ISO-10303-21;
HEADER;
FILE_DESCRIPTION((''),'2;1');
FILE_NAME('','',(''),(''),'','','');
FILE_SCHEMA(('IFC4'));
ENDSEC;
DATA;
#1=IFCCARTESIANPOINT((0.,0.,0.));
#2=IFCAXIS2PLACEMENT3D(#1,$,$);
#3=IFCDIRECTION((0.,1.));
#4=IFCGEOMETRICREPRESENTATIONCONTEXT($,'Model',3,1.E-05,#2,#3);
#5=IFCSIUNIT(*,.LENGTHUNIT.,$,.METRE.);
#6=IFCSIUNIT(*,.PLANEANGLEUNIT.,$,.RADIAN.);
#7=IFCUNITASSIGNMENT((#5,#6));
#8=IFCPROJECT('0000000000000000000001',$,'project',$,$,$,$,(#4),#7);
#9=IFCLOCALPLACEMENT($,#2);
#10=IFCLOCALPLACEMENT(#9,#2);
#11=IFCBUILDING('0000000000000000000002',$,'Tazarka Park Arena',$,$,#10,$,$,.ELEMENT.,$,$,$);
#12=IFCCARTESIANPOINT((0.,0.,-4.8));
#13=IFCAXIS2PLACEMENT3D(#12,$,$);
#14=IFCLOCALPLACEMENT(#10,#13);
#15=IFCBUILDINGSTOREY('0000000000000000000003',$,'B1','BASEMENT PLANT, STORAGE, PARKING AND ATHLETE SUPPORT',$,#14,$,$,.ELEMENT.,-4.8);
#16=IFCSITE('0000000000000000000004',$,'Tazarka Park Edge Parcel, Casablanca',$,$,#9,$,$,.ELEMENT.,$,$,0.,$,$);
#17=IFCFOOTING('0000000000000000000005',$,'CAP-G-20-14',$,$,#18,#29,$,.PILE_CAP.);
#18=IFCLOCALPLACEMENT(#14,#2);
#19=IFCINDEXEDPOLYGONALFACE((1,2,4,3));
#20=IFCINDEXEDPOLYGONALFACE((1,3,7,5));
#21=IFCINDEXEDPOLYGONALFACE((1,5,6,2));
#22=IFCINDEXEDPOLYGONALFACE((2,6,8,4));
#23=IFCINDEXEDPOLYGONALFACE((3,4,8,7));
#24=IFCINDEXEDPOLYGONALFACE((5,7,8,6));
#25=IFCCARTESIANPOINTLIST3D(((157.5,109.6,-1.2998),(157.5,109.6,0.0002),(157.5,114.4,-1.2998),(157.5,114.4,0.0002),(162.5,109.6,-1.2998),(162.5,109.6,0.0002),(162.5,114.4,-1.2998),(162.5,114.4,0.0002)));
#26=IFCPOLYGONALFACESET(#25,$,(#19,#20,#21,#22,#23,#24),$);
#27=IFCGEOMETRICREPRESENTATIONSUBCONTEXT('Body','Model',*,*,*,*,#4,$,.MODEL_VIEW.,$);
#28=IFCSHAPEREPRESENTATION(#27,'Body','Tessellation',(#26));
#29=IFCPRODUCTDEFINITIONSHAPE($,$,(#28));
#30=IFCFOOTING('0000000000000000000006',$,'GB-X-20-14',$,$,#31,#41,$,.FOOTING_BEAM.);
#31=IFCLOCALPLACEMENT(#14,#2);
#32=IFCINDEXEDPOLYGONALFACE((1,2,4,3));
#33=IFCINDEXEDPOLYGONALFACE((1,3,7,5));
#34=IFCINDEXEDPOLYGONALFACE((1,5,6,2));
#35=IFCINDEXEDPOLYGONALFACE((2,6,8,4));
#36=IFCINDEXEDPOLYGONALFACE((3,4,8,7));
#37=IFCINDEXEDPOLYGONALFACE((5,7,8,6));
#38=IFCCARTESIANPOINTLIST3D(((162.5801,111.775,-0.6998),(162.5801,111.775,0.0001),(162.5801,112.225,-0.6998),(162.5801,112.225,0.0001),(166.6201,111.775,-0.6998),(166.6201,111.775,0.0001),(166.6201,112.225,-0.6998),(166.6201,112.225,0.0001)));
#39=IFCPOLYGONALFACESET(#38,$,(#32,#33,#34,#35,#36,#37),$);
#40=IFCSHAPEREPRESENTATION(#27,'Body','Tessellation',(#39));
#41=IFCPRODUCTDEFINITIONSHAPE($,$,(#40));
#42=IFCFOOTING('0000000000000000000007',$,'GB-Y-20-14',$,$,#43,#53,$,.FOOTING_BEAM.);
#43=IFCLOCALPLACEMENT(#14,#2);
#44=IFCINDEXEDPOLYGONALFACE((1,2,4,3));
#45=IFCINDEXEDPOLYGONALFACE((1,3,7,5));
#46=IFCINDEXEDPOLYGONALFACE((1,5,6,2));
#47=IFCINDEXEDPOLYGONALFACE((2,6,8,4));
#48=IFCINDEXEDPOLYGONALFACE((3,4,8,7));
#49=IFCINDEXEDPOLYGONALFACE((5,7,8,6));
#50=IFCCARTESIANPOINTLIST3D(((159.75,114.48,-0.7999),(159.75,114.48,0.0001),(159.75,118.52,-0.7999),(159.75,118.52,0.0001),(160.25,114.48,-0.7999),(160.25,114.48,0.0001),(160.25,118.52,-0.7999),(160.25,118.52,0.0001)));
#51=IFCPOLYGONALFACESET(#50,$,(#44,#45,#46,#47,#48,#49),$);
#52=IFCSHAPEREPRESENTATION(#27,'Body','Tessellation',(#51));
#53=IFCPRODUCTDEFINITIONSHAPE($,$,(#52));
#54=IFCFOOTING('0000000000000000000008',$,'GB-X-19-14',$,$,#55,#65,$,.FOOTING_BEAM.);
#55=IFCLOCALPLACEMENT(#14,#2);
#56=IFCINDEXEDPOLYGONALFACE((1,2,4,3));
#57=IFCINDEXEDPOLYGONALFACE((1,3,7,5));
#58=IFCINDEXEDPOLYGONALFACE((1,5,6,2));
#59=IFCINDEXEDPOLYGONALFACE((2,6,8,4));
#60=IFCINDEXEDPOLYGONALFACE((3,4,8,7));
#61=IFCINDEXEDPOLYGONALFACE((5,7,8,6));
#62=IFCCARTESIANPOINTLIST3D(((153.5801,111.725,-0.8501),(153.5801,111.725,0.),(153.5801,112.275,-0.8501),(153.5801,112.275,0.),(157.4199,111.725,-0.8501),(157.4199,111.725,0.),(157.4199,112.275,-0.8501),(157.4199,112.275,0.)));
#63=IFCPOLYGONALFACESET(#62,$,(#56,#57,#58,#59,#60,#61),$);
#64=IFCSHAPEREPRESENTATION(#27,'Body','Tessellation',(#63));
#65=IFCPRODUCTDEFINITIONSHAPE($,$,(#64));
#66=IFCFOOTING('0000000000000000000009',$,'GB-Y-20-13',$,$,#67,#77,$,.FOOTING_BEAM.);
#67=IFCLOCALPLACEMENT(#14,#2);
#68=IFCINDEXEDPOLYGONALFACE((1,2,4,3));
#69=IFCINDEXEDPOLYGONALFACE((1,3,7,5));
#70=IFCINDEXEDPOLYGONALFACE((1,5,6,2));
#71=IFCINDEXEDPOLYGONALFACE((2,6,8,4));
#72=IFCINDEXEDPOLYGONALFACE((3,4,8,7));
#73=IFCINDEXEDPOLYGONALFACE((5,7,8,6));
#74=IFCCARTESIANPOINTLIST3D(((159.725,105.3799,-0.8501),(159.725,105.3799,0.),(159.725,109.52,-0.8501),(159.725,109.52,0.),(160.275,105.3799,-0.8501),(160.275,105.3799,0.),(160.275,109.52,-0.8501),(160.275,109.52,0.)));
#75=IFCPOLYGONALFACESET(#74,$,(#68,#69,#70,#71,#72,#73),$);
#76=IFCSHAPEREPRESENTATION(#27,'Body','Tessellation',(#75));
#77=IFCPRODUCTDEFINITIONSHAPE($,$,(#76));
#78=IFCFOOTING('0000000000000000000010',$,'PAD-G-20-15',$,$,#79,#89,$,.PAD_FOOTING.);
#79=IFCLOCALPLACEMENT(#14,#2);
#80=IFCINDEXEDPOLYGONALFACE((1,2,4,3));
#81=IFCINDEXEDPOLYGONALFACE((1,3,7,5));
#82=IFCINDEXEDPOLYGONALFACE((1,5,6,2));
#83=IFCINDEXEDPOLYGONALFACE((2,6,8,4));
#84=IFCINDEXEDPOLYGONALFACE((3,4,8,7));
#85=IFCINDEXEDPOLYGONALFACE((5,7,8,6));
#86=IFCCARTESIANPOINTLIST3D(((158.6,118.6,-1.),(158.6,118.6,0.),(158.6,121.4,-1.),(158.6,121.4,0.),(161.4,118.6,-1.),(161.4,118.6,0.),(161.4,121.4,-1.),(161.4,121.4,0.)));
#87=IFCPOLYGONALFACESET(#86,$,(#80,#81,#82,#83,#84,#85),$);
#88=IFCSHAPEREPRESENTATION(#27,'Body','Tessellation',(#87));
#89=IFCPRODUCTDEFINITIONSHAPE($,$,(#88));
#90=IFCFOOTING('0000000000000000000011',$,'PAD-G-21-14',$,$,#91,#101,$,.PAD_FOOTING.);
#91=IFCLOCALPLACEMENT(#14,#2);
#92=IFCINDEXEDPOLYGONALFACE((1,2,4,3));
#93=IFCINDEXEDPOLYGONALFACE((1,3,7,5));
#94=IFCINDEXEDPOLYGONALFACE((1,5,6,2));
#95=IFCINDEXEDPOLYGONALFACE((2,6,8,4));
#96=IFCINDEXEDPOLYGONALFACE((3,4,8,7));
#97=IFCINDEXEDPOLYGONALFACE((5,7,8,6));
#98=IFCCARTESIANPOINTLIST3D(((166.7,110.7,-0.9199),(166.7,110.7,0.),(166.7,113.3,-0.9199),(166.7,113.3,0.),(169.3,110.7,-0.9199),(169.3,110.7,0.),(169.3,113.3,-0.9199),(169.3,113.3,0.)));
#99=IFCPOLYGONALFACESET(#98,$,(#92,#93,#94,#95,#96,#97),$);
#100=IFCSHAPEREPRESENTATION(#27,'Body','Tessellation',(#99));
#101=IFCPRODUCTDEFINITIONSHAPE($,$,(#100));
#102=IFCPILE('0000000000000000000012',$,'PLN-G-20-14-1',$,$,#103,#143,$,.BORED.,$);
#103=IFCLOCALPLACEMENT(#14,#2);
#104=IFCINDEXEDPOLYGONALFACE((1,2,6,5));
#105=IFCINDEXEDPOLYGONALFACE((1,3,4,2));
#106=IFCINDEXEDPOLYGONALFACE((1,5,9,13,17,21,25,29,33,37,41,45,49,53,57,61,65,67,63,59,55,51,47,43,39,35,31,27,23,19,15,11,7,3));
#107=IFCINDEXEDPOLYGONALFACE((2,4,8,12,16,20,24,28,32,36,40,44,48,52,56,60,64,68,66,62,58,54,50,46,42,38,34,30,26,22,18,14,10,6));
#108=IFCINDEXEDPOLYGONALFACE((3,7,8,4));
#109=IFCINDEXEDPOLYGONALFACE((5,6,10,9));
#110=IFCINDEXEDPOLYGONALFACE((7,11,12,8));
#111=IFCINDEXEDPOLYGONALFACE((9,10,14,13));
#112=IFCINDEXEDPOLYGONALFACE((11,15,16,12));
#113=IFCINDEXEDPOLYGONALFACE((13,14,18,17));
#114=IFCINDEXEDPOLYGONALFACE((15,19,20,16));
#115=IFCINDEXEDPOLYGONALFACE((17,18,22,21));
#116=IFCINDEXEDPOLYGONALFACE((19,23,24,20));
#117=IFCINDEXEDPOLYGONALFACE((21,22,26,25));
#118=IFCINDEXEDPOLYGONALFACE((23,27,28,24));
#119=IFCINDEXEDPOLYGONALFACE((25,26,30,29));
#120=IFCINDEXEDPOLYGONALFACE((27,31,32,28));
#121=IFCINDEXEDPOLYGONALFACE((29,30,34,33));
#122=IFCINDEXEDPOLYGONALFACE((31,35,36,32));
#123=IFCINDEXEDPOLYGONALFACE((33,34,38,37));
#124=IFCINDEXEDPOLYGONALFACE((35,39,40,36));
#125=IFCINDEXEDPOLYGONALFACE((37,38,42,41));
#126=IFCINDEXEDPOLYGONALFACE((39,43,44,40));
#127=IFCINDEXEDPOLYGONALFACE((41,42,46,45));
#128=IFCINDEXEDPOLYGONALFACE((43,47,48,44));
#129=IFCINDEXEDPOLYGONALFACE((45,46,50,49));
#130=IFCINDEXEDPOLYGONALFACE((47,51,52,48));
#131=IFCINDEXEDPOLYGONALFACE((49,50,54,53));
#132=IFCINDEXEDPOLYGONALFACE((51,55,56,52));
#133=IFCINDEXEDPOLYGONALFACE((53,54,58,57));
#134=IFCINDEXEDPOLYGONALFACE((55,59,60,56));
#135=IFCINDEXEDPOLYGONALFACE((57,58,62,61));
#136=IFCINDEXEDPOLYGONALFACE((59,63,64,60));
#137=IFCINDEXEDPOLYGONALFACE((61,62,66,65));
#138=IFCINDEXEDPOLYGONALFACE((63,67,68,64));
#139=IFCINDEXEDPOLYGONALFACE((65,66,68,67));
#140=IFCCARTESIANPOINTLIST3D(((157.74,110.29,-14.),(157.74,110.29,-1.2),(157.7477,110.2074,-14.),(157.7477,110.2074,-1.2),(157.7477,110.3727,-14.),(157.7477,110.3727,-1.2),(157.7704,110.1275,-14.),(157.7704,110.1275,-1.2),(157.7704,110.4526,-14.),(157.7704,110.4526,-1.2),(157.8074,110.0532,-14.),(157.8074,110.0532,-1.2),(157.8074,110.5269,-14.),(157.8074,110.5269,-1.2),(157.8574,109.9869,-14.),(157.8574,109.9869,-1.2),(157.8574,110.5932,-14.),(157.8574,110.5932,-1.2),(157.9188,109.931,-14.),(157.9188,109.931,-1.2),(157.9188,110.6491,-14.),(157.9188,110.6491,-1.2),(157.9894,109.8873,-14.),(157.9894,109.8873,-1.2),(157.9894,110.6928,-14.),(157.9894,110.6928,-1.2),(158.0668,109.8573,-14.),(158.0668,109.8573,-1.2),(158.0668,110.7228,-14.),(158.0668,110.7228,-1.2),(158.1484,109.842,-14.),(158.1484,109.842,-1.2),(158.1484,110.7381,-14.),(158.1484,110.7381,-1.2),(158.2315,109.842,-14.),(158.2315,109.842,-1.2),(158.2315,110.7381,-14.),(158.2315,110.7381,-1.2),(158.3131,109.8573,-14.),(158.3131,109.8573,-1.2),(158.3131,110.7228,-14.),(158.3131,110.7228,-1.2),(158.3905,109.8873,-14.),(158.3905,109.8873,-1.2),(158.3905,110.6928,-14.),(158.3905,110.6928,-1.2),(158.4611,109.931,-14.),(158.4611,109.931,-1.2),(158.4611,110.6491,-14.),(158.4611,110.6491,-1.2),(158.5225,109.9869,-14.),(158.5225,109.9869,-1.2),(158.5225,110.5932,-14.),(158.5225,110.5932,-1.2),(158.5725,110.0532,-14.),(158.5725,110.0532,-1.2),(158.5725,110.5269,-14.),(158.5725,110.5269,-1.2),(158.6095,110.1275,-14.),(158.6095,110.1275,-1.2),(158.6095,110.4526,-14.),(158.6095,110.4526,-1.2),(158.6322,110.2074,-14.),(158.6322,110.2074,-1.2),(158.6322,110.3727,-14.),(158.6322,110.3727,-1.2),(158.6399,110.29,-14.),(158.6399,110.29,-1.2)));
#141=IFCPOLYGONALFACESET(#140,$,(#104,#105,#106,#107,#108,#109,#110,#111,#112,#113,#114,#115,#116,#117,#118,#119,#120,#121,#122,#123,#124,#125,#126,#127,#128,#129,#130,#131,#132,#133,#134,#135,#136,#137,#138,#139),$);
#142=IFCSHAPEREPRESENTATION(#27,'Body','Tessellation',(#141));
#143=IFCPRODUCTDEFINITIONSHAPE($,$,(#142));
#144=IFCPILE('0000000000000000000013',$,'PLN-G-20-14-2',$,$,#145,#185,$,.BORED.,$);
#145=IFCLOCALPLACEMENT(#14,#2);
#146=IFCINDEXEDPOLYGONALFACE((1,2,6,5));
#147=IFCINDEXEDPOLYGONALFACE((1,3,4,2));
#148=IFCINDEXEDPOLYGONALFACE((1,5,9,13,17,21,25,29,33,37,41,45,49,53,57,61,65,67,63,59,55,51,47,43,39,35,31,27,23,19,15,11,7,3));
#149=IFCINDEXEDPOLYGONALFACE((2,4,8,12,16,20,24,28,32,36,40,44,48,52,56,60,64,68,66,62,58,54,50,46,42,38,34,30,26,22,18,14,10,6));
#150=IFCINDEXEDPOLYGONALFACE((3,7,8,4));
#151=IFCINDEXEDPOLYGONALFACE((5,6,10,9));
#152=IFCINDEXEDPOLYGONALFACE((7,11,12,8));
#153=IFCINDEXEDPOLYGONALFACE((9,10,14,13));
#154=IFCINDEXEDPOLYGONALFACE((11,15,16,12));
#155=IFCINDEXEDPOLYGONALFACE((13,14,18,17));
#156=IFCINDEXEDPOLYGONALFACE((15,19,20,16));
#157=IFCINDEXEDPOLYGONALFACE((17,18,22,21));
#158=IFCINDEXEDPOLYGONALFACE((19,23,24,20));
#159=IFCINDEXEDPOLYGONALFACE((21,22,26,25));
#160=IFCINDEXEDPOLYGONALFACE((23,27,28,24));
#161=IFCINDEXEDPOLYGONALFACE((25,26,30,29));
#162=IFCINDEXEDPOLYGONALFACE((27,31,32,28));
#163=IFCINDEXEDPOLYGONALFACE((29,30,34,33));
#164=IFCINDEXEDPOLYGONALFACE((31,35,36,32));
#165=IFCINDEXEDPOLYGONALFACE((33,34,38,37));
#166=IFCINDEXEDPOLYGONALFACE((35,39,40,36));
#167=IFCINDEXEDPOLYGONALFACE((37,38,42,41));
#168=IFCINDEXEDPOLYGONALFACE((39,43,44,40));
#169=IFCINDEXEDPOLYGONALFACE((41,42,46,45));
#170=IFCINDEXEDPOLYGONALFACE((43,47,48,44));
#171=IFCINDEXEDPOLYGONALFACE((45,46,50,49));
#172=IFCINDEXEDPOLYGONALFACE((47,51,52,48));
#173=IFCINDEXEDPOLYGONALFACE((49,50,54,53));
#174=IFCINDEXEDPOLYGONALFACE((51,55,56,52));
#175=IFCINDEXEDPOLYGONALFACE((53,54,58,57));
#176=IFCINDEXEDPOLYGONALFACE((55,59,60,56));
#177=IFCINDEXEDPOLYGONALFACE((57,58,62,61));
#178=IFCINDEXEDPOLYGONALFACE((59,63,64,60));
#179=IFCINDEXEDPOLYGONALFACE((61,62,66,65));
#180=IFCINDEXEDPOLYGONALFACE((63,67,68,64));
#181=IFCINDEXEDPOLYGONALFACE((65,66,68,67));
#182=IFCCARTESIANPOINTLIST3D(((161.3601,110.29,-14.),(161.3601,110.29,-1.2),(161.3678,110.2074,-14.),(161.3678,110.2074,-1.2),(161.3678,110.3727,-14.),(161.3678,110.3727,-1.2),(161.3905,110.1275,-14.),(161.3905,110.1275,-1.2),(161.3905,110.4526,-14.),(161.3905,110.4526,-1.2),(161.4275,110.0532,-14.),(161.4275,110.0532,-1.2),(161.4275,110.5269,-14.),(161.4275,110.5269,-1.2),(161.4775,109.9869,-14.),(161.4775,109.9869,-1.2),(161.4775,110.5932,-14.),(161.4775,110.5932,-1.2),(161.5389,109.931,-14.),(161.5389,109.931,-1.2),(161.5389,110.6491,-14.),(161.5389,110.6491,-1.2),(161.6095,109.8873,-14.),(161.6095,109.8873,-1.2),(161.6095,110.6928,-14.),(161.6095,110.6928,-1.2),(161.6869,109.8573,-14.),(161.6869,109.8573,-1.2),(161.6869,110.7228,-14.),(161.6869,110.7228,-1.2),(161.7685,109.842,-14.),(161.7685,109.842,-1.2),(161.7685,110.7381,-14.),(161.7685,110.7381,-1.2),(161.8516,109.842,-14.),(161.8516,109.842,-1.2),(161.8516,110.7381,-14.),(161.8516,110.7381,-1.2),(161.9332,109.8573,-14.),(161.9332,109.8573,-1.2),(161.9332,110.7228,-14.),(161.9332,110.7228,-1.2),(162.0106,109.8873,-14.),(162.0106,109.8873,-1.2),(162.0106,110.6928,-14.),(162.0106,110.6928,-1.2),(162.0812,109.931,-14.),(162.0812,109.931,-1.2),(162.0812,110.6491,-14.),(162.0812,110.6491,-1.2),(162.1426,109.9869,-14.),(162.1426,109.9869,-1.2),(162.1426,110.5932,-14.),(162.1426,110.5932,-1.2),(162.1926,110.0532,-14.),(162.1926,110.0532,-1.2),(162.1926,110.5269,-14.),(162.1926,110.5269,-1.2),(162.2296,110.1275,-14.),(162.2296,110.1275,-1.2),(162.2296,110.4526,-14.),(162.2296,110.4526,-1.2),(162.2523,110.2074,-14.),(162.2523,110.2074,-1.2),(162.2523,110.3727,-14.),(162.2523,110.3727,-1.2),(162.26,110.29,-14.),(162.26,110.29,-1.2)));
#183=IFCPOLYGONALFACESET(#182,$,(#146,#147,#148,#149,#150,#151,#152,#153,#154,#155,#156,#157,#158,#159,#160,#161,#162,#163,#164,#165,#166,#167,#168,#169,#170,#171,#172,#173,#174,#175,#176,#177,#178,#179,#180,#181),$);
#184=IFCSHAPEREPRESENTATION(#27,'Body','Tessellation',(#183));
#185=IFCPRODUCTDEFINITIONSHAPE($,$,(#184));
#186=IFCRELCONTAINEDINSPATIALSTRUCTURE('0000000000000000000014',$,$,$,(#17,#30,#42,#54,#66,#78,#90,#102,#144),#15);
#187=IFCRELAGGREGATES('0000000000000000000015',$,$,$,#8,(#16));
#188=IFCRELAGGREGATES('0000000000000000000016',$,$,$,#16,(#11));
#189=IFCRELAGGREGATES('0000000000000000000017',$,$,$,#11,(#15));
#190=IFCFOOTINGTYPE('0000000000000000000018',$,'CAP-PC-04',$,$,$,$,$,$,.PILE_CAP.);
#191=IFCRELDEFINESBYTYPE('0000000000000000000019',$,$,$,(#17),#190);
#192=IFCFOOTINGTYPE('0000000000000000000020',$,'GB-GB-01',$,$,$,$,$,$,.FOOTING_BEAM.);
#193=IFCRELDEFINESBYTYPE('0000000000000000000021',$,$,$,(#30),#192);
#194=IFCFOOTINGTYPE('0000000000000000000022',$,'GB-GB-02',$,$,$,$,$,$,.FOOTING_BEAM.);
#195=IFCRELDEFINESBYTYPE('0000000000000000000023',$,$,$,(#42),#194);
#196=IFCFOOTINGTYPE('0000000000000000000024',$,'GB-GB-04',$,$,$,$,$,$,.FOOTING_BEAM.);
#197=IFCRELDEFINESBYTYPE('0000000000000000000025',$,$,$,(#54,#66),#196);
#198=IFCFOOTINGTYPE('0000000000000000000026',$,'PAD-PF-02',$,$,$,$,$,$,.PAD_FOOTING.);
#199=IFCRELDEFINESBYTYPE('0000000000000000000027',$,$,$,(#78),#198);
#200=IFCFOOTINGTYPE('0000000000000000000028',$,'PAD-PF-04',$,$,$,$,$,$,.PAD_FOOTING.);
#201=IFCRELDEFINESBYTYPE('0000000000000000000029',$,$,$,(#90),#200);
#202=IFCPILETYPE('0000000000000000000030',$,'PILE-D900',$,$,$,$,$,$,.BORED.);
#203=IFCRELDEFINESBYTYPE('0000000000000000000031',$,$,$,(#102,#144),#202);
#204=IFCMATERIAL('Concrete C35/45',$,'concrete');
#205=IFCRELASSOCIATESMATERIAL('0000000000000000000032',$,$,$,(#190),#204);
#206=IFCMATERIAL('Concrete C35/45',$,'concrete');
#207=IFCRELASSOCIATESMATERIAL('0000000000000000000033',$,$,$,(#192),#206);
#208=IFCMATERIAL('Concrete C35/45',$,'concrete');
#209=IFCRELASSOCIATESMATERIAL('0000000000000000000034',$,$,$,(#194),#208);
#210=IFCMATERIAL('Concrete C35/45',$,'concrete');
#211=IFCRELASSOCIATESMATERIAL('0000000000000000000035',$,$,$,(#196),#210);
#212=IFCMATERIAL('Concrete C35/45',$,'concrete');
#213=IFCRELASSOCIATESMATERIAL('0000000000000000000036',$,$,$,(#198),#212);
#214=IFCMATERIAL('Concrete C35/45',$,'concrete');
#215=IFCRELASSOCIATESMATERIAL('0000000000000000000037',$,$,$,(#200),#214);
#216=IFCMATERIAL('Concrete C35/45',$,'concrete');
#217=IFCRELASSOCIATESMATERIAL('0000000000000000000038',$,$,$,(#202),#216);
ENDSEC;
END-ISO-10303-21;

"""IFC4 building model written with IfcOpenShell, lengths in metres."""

from ifc_helpers import new_model, si_unit, direction, frame, origin, origin_2d, place, context, subcontext, project, spatial, rectangle, circle, extrude, material, material_profile, profile_set, type_object, element, save


model = new_model("IFC4")

# Units and contexts
model_context = context("Model", 3, precision=1e-05, world=origin(), true_north=direction((0.0, 1.0)))
body_context = subcontext(model_context, "Body", "Model", "MODEL_VIEW")
ifc_project = project(units=[si_unit("LENGTHUNIT", "METRE"), si_unit("PLANEANGLEUNIT", "RADIAN")], contexts=[model_context])

# Site, building, storey
site_placement = place(None, origin())
site = spatial("IfcSite", under=ifc_project, at=site_placement, Name="Tazarka Park Edge Parcel, Casablanca", CompositionType="ELEMENT", RefElevation=0.0)
building_placement = place(site_placement, origin())
building = spatial("IfcBuilding", under=site, at=building_placement, Name="Tazarka Park Arena", CompositionType="ELEMENT")
storey_placement = place(building_placement, frame((0.0, 0.0, -4.8)))
storey = spatial("IfcBuildingStorey", under=building, at=storey_placement, Name="B1", Description="BASEMENT PLANT, STORAGE, PARKING AND ATHLETE SUPPORT", CompositionType="ELEMENT", Elevation=-4.8)

# Footings
ifc_material_1 = material(Name="Concrete C35/45", Category="concrete")
footing_type_1 = type_object("IfcFootingType", Name="CAP-PC-04", PredefinedType="PILE_CAP", material=ifc_material_1)
footing_1_placement = place(storey_placement, frame((160.0, 112.0, -1.2998), z_axis=(0.0, 0.0, 1.0), x_axis=(1.0, 0.0, 0.0)))
element("IfcFooting", 1, at=footing_1_placement, inside=storey, type_object=footing_type_1, Name="CAP-G-20-14", PredefinedType="PILE_CAP", context=body_context, shape_type="SweptSolid", body=[
    extrude(rectangle(XDim=5.0, YDim=4.8, at=origin_2d()), origin(), (0.0, 0.0, 1.0), 1.3),
])
ifc_material_2 = material(Name="Concrete C35/45", Category="concrete")
ifc_material_profile_1 = material_profile(ifc_material_2, rectangle(XDim=0.45, YDim=0.7, at=origin_2d()), Name="Concrete C35/45")
ifc_profile_set_1 = profile_set([ifc_material_profile_1], Name="Concrete C35/45")
footing_type_2 = type_object("IfcFootingType", Name="GB-GB-01", PredefinedType="FOOTING_BEAM", material=ifc_profile_set_1)
footing_2_placement = place(storey_placement, frame((162.5801, 112.0, -0.3499), z_axis=(1.0, 0.0, 0.0), x_axis=(0.0, 1.0, 0.0)))
element("IfcFooting", 2, at=footing_2_placement, inside=storey, type_object=footing_type_2, Name="GB-X-20-14", PredefinedType="FOOTING_BEAM", context=body_context, shape_type="SweptSolid", body=[
    extrude(rectangle(XDim=0.45, YDim=0.7, at=origin_2d()), origin(), (0.0, 0.0, 1.0), 4.04),
])
ifc_material_3 = material(Name="Concrete C35/45", Category="concrete")
ifc_material_profile_2 = material_profile(ifc_material_3, rectangle(XDim=0.5, YDim=0.8, at=origin_2d()), Name="Concrete C35/45")
ifc_profile_set_2 = profile_set([ifc_material_profile_2], Name="Concrete C35/45")
footing_type_3 = type_object("IfcFootingType", Name="GB-GB-02", PredefinedType="FOOTING_BEAM", material=ifc_profile_set_2)
footing_3_placement = place(storey_placement, frame((160.0, 114.48, -0.3999), z_axis=(0.0, 1.0, 0.0), x_axis=(-1.0, 0.0, 0.0)))
element("IfcFooting", 3, at=footing_3_placement, inside=storey, type_object=footing_type_3, Name="GB-Y-20-14", PredefinedType="FOOTING_BEAM", context=body_context, shape_type="SweptSolid", body=[
    extrude(rectangle(XDim=0.5, YDim=0.8, at=origin_2d()), origin(), (0.0, 0.0, 1.0), 4.04),
])
ifc_material_4 = material(Name="Concrete C35/45", Category="concrete")
ifc_material_profile_3 = material_profile(ifc_material_4, rectangle(XDim=0.55, YDim=0.8501, at=origin_2d()), Name="Concrete C35/45")
ifc_profile_set_3 = profile_set([ifc_material_profile_3], Name="Concrete C35/45")
footing_type_4 = type_object("IfcFootingType", Name="GB-GB-04", PredefinedType="FOOTING_BEAM", material=ifc_profile_set_3)
footing_4_placement = place(storey_placement, frame((153.5801, 112.0, -0.425), z_axis=(1.0, 0.0, 0.0), x_axis=(0.0, 1.0, 0.0)))
element("IfcFooting", 4, at=footing_4_placement, inside=storey, type_object=footing_type_4, Name="GB-X-19-14", PredefinedType="FOOTING_BEAM", context=body_context, shape_type="SweptSolid", body=[
    extrude(rectangle(XDim=0.55, YDim=0.8501, at=origin_2d()), origin(), (0.0, 0.0, 1.0), 3.8398),
])
footing_5_placement = place(storey_placement, frame((160.0, 105.3799, -0.425), z_axis=(0.0, 1.0, 0.0), x_axis=(-1.0, 0.0, 0.0)))
element("IfcFooting", 5, at=footing_5_placement, inside=storey, type_object=footing_type_4, Name="GB-Y-20-13", PredefinedType="FOOTING_BEAM", context=body_context, shape_type="SweptSolid", body=[
    extrude(rectangle(XDim=0.55, YDim=0.8501, at=origin_2d()), origin(), (0.0, 0.0, 1.0), 4.1401),
])
ifc_material_5 = material(Name="Concrete C35/45", Category="concrete")
footing_type_5 = type_object("IfcFootingType", Name="PAD-PF-02", PredefinedType="PAD_FOOTING", material=ifc_material_5)
footing_6_placement = place(storey_placement, frame((160.0, 120.0, -1.0), z_axis=(0.0, 0.0, 1.0), x_axis=(1.0, 0.0, 0.0)))
element("IfcFooting", 6, at=footing_6_placement, inside=storey, type_object=footing_type_5, Name="PAD-G-20-15", PredefinedType="PAD_FOOTING", context=body_context, shape_type="SweptSolid", body=[
    extrude(rectangle(XDim=2.8, YDim=2.8, at=origin_2d()), origin(), (0.0, 0.0, 1.0), 1.0),
])
ifc_material_6 = material(Name="Concrete C35/45", Category="concrete")
footing_type_6 = type_object("IfcFootingType", Name="PAD-PF-04", PredefinedType="PAD_FOOTING", material=ifc_material_6)
footing_7_placement = place(storey_placement, frame((168.0, 112.0, -0.9199), z_axis=(0.0, 0.0, 1.0), x_axis=(1.0, 0.0, 0.0)))
element("IfcFooting", 7, at=footing_7_placement, inside=storey, type_object=footing_type_6, Name="PAD-G-21-14", PredefinedType="PAD_FOOTING", context=body_context, shape_type="SweptSolid", body=[
    extrude(rectangle(XDim=2.6001, YDim=2.6001, at=origin_2d()), origin(), (0.0, 0.0, 1.0), 0.9199),
])

# Piles
ifc_material_7 = material(Name="Concrete C35/45", Category="concrete")
ifc_material_profile_4 = material_profile(ifc_material_7, circle(Radius=0.45, at=origin_2d()), Name="Concrete C35/45")
ifc_profile_set_4 = profile_set([ifc_material_profile_4], Name="Concrete C35/45")
pile_type = type_object("IfcPileType", Name="PILE-D900", PredefinedType="BORED", material=ifc_profile_set_4)
for number, where, z_axis, x_axis, name in (
    (8, (158.1899, 110.29, -1.2), (0.0, 0.0, -1.0), (1.0, 0.0, 0.0), "PLN-G-20-14-1"),
    (9, (161.8101, 110.29, -1.2), (0.0, 0.0, -1.0), (1.0, 0.0, 0.0), "PLN-G-20-14-2"),
):
    element("IfcPile", number, at=place(storey_placement, frame(where, z_axis=z_axis, x_axis=x_axis)), inside=storey, type_object=pile_type, Name=name, PredefinedType="BORED", context=body_context, shape_type="SweptSolid", body=[
        extrude(circle(Radius=0.45, at=origin_2d()), origin(), (0.0, 0.0, 1.0), 12.8),
    ])

save(model, "model.ifc")
